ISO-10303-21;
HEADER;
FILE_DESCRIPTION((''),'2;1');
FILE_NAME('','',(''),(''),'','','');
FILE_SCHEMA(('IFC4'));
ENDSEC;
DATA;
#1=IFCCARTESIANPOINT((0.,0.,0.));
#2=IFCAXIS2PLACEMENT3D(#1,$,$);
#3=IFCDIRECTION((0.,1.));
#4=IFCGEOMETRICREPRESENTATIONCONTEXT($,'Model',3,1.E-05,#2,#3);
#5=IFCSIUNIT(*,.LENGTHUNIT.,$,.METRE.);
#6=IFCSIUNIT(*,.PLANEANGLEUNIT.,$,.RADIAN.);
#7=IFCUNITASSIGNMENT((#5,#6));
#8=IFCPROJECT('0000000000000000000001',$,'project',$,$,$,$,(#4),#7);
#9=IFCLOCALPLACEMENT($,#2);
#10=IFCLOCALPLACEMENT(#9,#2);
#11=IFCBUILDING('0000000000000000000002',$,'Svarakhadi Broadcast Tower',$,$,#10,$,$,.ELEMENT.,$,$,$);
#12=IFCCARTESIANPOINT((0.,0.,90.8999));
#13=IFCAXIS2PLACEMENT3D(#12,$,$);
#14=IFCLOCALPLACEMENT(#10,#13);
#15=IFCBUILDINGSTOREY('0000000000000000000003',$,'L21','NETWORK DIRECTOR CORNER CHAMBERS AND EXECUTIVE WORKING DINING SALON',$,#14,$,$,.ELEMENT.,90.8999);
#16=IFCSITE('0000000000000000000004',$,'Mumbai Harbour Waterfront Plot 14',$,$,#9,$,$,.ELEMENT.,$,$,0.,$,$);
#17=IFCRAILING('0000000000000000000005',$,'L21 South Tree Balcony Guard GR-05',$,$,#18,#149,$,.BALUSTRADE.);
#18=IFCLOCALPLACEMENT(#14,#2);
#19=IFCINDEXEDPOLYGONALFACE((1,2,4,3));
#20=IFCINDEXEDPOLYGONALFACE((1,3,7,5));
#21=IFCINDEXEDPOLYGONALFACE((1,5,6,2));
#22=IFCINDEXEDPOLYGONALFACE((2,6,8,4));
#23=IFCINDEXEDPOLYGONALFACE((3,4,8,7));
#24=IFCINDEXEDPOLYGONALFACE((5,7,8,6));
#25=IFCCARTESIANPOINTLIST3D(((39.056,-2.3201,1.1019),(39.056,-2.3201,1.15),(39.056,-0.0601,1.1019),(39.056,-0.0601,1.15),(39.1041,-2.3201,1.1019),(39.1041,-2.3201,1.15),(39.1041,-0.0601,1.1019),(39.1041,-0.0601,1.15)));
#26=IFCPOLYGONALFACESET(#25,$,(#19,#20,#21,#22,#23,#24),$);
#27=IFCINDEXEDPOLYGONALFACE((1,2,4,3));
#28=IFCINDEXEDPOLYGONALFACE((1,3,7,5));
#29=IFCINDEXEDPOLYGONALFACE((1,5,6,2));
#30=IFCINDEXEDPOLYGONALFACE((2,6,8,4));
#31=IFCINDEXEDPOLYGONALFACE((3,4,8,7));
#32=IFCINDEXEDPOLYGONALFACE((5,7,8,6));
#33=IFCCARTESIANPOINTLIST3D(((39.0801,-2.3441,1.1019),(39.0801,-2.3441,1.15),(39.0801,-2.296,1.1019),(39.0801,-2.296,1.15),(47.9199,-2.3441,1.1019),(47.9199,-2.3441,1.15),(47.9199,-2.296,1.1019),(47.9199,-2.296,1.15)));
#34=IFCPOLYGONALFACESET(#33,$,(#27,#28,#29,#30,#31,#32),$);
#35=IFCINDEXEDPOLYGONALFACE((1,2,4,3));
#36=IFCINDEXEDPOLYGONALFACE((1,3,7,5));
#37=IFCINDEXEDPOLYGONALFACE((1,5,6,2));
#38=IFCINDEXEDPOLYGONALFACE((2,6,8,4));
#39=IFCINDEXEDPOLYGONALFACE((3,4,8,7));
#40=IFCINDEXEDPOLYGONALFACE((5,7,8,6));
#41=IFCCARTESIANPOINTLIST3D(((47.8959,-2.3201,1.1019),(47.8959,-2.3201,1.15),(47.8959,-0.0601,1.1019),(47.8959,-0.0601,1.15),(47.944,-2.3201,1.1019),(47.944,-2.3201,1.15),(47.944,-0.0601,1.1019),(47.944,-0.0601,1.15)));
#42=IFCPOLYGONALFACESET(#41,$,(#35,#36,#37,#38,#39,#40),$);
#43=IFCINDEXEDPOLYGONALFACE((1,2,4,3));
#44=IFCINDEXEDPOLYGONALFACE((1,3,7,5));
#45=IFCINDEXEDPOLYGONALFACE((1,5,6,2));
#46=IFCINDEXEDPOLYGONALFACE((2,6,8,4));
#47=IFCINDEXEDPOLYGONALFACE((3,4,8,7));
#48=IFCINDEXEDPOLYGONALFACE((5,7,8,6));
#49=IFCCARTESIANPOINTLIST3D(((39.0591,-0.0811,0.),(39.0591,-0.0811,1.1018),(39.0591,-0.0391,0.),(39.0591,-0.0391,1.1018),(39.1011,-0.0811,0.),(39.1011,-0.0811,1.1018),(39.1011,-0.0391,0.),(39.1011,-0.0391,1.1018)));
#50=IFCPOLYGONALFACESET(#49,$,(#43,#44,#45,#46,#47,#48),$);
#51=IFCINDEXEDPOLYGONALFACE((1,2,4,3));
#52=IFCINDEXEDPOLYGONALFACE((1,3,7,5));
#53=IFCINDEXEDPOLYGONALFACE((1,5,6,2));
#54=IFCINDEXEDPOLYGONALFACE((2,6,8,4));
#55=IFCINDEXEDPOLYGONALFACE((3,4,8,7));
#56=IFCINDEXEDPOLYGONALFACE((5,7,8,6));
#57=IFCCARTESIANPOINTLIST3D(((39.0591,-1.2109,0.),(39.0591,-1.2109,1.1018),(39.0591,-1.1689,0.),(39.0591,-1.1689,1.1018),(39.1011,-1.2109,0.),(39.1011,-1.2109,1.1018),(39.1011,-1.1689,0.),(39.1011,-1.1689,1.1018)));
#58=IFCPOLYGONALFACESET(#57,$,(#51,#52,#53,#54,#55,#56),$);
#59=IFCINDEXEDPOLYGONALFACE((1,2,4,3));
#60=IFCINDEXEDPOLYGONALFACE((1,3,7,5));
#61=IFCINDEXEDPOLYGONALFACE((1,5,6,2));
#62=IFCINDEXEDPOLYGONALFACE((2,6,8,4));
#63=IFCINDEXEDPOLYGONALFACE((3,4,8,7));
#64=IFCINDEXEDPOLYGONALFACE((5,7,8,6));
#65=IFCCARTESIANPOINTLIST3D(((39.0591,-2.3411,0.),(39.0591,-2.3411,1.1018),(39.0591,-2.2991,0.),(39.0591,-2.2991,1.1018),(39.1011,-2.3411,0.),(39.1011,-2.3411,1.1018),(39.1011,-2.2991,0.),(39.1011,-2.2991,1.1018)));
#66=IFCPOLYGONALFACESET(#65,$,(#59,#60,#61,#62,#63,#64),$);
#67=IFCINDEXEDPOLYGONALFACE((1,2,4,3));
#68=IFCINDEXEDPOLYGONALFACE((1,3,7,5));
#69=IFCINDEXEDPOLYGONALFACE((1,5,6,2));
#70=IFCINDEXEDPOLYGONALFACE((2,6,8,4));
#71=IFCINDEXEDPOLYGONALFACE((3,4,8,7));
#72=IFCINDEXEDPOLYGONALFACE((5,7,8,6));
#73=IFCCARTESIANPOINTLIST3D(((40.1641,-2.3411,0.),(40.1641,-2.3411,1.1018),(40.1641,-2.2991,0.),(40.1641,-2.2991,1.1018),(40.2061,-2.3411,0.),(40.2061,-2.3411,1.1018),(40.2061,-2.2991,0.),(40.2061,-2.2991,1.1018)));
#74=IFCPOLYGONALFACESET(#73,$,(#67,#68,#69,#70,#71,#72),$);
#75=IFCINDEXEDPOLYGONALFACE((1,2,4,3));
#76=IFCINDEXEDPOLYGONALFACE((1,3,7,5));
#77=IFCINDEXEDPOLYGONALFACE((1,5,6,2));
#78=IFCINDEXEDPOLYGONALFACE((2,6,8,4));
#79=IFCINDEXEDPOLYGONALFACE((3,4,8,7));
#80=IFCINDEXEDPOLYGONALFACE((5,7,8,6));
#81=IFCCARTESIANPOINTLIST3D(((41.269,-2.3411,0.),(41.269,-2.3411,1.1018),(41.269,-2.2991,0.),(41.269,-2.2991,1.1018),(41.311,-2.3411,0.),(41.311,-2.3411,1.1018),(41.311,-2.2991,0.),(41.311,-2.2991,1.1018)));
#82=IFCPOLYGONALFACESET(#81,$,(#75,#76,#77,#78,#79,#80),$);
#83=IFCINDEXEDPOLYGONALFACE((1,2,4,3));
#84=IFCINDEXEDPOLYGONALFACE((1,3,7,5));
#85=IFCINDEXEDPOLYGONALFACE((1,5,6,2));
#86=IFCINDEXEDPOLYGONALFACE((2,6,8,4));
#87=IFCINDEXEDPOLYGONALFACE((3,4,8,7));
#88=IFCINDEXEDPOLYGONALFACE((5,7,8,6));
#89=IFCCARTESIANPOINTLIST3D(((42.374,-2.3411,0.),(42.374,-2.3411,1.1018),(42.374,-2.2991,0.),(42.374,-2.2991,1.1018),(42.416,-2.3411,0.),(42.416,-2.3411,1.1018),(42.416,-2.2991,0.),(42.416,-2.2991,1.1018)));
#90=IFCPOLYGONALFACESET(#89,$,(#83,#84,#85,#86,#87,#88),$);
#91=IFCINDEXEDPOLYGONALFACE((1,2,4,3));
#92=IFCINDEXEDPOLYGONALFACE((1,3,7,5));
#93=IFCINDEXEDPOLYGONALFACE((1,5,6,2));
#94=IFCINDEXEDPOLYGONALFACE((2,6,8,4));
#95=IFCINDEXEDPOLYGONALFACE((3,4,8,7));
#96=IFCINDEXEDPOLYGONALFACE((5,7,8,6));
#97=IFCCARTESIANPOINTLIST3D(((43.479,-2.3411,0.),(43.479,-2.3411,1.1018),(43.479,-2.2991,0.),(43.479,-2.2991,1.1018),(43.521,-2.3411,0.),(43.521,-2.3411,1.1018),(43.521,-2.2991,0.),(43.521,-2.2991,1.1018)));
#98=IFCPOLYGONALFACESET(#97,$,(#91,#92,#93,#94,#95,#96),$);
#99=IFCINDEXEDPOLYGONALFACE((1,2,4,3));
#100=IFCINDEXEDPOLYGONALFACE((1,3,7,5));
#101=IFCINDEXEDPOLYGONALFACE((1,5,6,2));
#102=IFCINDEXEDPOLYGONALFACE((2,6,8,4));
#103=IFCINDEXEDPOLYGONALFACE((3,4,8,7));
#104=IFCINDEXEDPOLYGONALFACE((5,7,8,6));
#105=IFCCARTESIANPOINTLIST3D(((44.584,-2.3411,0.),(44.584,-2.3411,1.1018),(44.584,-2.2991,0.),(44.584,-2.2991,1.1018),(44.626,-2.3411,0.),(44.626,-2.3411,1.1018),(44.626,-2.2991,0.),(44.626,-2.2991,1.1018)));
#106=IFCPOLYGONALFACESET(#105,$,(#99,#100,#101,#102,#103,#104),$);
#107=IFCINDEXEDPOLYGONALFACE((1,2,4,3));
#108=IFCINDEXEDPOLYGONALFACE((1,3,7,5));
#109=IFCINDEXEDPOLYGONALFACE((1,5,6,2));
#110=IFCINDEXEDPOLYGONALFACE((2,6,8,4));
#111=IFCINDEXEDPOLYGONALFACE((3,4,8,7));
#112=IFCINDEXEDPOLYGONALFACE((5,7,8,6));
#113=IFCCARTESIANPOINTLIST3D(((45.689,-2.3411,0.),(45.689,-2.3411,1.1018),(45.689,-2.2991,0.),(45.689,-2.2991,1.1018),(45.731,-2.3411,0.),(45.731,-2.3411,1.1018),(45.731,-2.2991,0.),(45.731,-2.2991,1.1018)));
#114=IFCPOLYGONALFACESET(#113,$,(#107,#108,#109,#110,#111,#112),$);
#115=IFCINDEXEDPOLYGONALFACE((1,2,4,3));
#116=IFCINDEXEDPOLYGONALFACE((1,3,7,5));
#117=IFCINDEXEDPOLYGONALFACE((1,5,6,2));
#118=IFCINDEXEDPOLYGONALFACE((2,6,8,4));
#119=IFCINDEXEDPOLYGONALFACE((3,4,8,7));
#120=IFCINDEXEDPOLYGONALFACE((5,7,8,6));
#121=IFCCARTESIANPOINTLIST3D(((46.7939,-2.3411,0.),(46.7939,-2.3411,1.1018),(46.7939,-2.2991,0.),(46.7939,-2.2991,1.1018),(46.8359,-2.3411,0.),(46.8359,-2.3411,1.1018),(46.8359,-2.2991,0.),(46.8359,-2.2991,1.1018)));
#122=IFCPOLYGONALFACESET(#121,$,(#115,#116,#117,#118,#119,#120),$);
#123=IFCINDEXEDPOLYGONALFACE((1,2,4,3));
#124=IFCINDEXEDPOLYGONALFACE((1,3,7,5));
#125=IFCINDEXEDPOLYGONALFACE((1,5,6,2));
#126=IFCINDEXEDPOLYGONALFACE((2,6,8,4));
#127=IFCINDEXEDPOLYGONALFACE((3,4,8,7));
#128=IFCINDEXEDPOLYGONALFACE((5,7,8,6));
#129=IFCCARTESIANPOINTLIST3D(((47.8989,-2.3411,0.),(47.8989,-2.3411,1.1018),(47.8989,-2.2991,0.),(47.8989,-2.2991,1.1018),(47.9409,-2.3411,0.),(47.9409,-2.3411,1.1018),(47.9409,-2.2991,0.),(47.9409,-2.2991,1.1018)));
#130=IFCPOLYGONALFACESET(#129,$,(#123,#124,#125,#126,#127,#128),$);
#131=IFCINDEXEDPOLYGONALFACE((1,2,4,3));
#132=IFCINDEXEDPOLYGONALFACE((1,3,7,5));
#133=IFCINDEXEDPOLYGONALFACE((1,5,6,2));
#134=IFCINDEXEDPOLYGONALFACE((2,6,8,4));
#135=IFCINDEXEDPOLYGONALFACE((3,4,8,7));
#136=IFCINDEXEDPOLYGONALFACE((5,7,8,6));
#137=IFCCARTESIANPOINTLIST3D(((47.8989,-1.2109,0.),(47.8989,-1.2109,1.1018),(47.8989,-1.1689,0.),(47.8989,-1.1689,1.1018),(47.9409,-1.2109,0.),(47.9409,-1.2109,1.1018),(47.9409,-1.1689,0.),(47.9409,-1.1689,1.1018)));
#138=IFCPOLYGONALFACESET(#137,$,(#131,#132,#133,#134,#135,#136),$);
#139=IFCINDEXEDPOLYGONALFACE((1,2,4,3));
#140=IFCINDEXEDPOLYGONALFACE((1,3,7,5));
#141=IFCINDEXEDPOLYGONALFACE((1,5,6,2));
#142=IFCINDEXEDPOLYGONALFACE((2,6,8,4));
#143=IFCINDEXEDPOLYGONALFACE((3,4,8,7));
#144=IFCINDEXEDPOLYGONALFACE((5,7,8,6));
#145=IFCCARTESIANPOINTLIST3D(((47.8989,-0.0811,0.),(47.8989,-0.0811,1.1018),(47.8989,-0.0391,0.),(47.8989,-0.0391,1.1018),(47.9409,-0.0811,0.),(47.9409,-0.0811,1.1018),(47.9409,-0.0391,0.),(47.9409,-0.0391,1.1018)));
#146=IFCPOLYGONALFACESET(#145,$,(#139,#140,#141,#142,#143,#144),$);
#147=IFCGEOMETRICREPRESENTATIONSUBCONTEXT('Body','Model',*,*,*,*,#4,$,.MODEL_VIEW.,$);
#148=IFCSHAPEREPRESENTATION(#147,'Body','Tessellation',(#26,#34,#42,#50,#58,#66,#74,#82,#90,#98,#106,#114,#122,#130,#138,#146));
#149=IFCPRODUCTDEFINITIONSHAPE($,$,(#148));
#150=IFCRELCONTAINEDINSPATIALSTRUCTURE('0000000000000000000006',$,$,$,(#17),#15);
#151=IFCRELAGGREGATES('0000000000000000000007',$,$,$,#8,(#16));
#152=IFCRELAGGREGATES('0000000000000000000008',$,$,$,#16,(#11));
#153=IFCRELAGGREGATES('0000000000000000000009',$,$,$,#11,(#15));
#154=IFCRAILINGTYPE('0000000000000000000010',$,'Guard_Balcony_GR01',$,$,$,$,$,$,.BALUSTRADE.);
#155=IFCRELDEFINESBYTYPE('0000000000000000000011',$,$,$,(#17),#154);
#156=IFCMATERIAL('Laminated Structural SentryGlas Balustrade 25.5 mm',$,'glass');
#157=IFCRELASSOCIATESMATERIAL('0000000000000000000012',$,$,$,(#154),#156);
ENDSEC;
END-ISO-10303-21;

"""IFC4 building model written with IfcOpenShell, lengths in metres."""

from ifc_helpers import new_model, si_unit, direction, frame, origin, origin_2d, place, context, subcontext, project, spatial, rectangle, extrude, material, type_object, element, save


model = new_model("IFC4")

# Units and contexts
model_context = context("Model", 3, precision=1e-05, world=origin(), true_north=direction((0.0, 1.0)))
body_context = subcontext(model_context, "Body", "Model", "MODEL_VIEW")
ifc_project = project(units=[si_unit("LENGTHUNIT", "METRE"), si_unit("PLANEANGLEUNIT", "RADIAN")], contexts=[model_context])

# Site, building, storey
site_placement = place(None, origin())
site = spatial("IfcSite", under=ifc_project, at=site_placement, Name="Mumbai Harbour Waterfront Plot 14", CompositionType="ELEMENT", RefElevation=0.0)
building_placement = place(site_placement, origin())
building = spatial("IfcBuilding", under=site, at=building_placement, Name="Svarakhadi Broadcast Tower", CompositionType="ELEMENT")
storey_placement = place(building_placement, frame((0.0, 0.0, 90.8999)))
storey = spatial("IfcBuildingStorey", under=building, at=storey_placement, Name="L21", Description="NETWORK DIRECTOR CORNER CHAMBERS AND EXECUTIVE WORKING DINING SALON", CompositionType="ELEMENT", Elevation=90.8999)

# Railing
ifc_material_1 = material(Name="Laminated Structural SentryGlas Balustrade 25.5 mm", Category="glass")
railing_type = type_object("IfcRailingType", Name="Guard_Balcony_GR01", PredefinedType="BALUSTRADE", material=ifc_material_1)
railing_placement = place(storey_placement, frame((39.0801, -0.0601, 0.0)))
element("IfcRailing", 1, at=railing_placement, inside=storey, type_object=railing_type, Name="L21 South Tree Balcony Guard GR-05", PredefinedType="BALUSTRADE", context=body_context, shape_type="SweptSolid", body=[
    extrude(rectangle(XDim=0.0481, YDim=0.0481, at=origin_2d()), frame((0.0, 0.0, 1.126), z_axis=(0.0, -1.0, 0.0), x_axis=(1.0, 0.0, 0.0)), (0.0, 0.0, 1.0), 2.26),
    extrude(rectangle(XDim=0.0481, YDim=0.0481, at=origin_2d()), frame((0.0, -2.26, 1.126), z_axis=(1.0, 0.0, 0.0), x_axis=(0.0, 1.0, 0.0)), (0.0, 0.0, 1.0), 8.8398),
    extrude(rectangle(XDim=0.0481, YDim=0.0481, at=origin_2d()), frame((8.8398, -2.26, 1.126), z_axis=(0.0, 1.0, 0.0), x_axis=(-1.0, 0.0, 0.0)), (0.0, 0.0, 1.0), 2.26),
    extrude(rectangle(XDim=0.042, YDim=0.042, at=origin_2d()), origin(), (0.0, 0.0, 1.0), 1.1018),
    extrude(rectangle(XDim=0.042, YDim=0.042, at=origin_2d()), frame((0.0, -1.1299, 0.0)), (0.0, 0.0, 1.0), 1.1018),
    extrude(rectangle(XDim=0.042, YDim=0.042, at=origin_2d()), frame((0.0, -2.26, 0.0)), (0.0, 0.0, 1.0), 1.1018),
    extrude(rectangle(XDim=0.042, YDim=0.042, at=origin_2d()), frame((1.105, -2.26, 0.0)), (0.0, 0.0, 1.0), 1.1018),
    extrude(rectangle(XDim=0.042, YDim=0.042, at=origin_2d()), frame((2.21, -2.26, 0.0)), (0.0, 0.0, 1.0), 1.1018),
    extrude(rectangle(XDim=0.042, YDim=0.042, at=origin_2d()), frame((3.3149, -2.26, 0.0)), (0.0, 0.0, 1.0), 1.1018),
    extrude(rectangle(XDim=0.042, YDim=0.042, at=origin_2d()), frame((4.4199, -2.26, 0.0)), (0.0, 0.0, 1.0), 1.1018),
    extrude(rectangle(XDim=0.042, YDim=0.042, at=origin_2d()), frame((5.5249, -2.26, 0.0)), (0.0, 0.0, 1.0), 1.1018),
    extrude(rectangle(XDim=0.042, YDim=0.042, at=origin_2d()), frame((6.6299, -2.26, 0.0)), (0.0, 0.0, 1.0), 1.1018),
    extrude(rectangle(XDim=0.042, YDim=0.042, at=origin_2d()), frame((7.7349, -2.26, 0.0)), (0.0, 0.0, 1.0), 1.1018),
    extrude(rectangle(XDim=0.042, YDim=0.042, at=origin_2d()), frame((8.8398, -2.26, 0.0)), (0.0, 0.0, 1.0), 1.1018),
    extrude(rectangle(XDim=0.042, YDim=0.042, at=origin_2d()), frame((8.8398, -1.1299, 0.0)), (0.0, 0.0, 1.0), 1.1018),
    extrude(rectangle(XDim=0.042, YDim=0.042, at=origin_2d()), frame((8.8398, 0.0, 0.0)), (0.0, 0.0, 1.0), 1.1018),
])

save(model, "model.ifc")
